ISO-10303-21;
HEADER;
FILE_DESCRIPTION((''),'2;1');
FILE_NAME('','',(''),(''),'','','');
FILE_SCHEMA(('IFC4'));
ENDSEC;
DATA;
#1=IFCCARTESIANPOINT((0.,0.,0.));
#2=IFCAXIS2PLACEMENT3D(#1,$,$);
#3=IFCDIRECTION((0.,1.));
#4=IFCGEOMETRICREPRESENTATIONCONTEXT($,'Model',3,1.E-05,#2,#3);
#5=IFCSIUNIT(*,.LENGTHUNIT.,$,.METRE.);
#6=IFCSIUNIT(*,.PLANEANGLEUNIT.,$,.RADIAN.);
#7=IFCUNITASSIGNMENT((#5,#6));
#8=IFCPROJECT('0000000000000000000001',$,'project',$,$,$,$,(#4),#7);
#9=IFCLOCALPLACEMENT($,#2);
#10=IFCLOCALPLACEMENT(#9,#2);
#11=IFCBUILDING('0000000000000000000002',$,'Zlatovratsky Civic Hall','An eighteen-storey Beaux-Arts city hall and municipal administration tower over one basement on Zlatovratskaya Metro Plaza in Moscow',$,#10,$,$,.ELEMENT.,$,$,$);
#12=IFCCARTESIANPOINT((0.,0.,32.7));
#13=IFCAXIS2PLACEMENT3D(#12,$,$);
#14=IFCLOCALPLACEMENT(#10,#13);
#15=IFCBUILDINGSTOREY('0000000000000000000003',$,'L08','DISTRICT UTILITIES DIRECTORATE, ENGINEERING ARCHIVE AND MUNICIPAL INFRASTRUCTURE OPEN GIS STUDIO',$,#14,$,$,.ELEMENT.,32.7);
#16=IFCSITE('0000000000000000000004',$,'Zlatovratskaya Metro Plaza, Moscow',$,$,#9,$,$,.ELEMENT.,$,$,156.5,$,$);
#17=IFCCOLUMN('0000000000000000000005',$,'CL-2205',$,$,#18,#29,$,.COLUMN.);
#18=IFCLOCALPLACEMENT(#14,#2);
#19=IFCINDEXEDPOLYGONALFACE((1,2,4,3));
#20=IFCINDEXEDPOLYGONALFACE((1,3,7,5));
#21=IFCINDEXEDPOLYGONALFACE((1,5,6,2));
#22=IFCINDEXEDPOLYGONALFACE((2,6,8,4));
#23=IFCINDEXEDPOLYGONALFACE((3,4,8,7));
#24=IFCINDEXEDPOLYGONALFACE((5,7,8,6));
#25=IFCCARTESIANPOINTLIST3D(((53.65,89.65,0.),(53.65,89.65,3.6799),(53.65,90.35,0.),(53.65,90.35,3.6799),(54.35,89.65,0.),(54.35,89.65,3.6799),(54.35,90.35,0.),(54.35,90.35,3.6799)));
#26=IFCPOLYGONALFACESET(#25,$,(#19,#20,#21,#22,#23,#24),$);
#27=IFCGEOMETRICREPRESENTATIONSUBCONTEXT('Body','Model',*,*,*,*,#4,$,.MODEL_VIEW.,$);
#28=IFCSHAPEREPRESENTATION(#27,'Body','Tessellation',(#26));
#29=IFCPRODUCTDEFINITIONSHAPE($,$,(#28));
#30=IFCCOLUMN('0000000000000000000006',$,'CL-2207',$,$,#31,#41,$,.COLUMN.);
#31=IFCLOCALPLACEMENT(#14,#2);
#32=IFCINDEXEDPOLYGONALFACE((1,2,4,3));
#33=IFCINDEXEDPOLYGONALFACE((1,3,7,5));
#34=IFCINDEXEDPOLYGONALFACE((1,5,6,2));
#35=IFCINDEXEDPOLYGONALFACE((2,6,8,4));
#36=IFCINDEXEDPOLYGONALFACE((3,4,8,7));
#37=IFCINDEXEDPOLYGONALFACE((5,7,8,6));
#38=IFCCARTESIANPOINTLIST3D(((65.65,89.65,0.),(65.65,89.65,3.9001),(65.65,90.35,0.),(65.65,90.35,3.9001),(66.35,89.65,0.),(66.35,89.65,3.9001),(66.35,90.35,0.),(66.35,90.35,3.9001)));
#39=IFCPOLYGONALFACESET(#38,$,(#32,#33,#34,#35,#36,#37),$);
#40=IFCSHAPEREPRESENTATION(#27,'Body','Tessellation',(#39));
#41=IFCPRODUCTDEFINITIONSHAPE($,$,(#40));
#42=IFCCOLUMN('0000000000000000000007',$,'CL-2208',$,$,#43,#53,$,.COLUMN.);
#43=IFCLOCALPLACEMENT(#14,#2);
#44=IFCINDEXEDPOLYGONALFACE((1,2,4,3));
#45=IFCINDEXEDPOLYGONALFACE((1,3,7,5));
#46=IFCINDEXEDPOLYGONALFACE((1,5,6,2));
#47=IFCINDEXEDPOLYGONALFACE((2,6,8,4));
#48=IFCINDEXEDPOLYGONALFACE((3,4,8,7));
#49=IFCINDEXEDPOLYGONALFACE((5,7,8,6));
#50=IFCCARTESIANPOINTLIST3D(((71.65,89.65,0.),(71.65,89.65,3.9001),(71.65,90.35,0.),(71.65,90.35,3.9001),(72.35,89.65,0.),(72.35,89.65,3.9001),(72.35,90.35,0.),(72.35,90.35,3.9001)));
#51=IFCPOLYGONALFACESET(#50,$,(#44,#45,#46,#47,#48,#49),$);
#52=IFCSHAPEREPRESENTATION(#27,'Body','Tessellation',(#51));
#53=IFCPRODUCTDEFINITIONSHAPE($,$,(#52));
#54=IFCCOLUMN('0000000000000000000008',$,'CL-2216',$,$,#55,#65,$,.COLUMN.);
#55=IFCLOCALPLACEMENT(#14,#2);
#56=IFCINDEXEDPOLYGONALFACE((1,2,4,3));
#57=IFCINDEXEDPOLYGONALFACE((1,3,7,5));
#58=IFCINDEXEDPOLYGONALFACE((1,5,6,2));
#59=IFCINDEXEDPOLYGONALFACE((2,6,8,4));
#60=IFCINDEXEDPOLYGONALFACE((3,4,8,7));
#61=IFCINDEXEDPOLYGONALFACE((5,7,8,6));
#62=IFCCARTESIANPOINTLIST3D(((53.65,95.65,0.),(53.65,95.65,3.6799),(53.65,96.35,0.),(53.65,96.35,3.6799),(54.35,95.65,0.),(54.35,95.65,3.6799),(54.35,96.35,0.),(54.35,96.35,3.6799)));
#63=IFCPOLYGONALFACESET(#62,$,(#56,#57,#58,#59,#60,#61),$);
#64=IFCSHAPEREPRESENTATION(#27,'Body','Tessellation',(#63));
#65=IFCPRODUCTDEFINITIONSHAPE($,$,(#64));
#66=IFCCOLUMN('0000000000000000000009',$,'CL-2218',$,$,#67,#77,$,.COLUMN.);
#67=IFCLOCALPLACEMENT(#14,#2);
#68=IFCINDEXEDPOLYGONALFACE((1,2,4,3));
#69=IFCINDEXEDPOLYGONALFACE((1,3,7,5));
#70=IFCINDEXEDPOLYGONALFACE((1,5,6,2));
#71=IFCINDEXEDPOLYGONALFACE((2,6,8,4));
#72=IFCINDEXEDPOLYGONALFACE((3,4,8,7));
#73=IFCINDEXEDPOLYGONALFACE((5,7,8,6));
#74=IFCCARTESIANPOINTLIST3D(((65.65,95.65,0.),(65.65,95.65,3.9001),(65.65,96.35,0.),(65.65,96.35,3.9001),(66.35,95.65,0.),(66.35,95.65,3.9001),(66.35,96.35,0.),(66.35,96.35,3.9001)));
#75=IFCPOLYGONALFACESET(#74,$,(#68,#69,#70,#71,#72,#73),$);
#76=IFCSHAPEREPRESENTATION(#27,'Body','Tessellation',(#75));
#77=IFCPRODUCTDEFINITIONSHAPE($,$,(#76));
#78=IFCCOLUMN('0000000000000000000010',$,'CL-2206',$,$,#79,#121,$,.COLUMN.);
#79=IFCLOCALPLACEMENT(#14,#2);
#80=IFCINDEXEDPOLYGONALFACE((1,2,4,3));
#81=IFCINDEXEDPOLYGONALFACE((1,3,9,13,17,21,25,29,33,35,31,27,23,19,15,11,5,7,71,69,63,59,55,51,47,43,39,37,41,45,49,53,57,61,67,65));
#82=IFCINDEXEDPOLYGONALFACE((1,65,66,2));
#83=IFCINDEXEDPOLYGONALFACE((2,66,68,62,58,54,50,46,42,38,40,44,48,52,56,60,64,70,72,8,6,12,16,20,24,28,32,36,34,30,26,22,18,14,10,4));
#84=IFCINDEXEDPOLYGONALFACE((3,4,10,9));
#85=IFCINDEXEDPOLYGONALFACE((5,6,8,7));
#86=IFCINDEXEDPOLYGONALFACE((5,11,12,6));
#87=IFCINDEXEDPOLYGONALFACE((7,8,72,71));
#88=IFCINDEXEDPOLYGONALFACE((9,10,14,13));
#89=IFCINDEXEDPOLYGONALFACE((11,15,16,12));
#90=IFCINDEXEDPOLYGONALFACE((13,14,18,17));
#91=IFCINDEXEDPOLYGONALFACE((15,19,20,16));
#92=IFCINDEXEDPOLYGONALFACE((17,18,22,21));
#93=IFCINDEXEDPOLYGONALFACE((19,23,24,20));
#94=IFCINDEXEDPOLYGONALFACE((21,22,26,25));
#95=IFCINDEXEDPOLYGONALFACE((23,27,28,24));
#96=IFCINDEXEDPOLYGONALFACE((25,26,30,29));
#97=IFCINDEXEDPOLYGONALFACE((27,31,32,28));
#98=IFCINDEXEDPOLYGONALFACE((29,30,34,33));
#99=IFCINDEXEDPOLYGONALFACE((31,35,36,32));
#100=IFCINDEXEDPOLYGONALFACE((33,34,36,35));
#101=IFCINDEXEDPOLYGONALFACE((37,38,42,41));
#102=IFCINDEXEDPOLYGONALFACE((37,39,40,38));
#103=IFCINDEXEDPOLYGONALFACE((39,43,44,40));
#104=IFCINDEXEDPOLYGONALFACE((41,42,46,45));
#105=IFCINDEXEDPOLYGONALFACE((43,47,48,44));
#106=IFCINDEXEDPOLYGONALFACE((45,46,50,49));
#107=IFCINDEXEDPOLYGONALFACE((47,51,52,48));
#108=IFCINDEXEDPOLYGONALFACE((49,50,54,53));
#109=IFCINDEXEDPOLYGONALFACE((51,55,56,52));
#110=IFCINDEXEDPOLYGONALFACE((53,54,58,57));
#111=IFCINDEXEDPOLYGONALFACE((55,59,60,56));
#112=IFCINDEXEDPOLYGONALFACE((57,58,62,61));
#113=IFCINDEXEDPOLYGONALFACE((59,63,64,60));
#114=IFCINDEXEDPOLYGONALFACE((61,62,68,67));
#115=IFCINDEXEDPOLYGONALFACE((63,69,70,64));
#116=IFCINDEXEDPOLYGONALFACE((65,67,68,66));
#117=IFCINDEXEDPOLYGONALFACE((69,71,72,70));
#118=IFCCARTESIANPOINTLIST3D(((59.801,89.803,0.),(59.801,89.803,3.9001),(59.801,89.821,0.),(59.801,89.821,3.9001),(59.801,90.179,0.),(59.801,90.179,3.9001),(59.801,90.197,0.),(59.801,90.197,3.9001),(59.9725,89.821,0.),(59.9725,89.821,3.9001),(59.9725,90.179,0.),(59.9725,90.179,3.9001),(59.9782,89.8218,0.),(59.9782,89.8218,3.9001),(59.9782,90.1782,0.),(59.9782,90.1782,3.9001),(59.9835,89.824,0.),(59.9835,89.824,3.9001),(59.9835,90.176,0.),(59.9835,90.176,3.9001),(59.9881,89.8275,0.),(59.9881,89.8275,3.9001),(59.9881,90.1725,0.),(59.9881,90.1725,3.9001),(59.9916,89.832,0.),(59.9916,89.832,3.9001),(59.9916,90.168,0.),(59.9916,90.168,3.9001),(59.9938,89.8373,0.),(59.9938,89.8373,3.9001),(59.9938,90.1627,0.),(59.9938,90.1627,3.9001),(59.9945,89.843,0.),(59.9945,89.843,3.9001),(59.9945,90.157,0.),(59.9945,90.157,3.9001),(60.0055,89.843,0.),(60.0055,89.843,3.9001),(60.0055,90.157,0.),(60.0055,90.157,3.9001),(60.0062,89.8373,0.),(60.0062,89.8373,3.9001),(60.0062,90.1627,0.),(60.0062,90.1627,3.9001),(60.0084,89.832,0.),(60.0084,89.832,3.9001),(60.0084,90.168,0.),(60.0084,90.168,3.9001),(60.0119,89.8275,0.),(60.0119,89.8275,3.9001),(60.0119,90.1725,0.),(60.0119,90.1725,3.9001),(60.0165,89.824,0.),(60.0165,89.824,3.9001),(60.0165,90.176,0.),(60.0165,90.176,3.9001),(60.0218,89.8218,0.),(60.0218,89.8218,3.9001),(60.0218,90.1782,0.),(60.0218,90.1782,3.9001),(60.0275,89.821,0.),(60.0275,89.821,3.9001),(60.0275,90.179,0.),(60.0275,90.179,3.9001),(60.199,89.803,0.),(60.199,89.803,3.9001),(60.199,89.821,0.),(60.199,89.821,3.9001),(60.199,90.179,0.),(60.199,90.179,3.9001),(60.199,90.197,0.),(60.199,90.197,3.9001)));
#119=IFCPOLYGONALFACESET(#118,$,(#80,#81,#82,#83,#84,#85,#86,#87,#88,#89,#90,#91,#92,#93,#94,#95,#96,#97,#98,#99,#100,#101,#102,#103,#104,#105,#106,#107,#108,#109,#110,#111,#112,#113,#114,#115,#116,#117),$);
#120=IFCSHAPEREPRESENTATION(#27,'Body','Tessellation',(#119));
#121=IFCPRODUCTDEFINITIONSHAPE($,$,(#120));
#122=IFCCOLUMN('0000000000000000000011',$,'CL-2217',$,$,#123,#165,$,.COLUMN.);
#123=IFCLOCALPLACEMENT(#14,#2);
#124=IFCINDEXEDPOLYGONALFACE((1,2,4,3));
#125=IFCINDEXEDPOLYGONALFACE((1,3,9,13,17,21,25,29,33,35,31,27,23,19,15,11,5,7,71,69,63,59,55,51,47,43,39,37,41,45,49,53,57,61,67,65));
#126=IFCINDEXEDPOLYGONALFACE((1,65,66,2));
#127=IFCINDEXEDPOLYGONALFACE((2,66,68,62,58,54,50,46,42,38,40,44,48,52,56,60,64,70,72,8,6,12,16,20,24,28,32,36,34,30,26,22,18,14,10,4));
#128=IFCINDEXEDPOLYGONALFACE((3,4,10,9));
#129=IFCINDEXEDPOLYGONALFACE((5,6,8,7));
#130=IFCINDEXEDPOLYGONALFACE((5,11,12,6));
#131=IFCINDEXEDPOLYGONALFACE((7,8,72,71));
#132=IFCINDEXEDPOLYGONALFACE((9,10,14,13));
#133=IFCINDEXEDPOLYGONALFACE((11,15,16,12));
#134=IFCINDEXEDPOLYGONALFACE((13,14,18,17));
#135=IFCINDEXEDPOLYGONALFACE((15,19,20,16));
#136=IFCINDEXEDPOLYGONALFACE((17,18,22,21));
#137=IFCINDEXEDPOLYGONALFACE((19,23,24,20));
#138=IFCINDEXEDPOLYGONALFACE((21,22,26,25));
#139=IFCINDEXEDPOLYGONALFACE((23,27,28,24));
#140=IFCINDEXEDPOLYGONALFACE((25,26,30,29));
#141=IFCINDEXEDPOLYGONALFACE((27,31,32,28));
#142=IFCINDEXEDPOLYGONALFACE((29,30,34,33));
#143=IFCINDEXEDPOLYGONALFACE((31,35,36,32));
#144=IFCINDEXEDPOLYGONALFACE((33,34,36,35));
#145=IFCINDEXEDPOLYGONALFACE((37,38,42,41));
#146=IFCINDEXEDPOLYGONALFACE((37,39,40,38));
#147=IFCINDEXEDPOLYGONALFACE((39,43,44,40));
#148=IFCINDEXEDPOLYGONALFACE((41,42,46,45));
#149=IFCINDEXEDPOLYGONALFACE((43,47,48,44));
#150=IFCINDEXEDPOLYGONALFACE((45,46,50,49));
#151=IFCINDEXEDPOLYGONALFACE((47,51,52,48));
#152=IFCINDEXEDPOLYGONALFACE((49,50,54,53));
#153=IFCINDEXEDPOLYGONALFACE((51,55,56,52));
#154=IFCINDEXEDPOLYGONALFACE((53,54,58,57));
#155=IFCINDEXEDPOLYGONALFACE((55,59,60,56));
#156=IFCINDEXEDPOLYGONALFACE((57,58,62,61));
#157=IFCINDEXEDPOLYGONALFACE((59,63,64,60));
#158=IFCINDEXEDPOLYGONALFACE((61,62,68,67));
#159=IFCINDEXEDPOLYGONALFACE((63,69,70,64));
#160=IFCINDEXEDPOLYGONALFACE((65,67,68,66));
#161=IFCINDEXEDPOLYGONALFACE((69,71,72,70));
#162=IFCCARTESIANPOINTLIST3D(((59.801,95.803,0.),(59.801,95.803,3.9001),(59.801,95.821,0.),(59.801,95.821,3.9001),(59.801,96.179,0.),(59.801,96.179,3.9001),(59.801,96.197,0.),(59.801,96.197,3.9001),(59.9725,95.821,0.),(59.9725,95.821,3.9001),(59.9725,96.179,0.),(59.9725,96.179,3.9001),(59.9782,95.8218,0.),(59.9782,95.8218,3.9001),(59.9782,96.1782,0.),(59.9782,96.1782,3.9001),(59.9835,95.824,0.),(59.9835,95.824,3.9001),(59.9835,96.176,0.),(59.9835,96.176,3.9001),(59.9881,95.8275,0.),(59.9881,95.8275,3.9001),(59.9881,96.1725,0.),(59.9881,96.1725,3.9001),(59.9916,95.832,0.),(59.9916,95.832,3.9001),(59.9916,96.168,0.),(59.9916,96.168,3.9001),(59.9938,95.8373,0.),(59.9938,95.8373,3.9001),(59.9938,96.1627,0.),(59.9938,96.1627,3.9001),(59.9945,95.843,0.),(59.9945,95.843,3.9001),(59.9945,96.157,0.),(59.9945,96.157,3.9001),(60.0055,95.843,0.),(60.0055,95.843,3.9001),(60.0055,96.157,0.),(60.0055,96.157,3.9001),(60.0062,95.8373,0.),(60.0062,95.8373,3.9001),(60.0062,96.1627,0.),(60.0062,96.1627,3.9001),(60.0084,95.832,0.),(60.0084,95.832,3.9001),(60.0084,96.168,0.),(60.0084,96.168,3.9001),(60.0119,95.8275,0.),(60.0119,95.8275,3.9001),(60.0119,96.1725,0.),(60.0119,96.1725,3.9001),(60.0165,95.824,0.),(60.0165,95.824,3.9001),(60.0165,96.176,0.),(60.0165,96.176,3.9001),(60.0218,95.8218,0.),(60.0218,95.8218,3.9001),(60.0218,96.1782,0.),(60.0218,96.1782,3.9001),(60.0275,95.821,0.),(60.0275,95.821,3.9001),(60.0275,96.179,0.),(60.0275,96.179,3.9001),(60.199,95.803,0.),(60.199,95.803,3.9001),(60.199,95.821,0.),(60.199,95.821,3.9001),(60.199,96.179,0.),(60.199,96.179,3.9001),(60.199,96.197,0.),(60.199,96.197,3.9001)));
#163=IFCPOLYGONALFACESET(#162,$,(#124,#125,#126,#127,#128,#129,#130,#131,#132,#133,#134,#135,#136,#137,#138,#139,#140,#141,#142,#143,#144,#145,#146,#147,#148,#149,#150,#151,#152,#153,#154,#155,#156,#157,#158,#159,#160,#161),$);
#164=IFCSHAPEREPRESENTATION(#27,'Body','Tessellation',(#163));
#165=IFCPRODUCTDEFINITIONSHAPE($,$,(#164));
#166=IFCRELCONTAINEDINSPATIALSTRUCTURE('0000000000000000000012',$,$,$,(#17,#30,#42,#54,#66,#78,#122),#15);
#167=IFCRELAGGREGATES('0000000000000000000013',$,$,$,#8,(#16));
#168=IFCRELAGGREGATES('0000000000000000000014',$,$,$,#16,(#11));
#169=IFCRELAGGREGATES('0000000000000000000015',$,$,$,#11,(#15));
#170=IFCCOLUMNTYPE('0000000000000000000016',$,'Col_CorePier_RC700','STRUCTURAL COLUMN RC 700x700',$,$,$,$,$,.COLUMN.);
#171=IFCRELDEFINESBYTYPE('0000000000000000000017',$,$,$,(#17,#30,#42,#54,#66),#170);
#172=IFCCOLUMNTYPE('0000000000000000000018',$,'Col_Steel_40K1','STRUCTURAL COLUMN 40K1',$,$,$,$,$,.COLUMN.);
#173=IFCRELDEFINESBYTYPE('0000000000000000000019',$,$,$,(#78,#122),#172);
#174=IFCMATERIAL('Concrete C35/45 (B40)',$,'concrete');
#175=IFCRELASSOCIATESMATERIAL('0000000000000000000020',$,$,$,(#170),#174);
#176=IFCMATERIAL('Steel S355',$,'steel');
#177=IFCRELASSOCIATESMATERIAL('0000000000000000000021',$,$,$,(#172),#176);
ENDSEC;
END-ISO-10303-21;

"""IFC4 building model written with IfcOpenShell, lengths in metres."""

from ifc_helpers import new_model, si_unit, direction, frame, origin, origin_2d, place, context, subcontext, project, spatial, rectangle, i_section, extrude, material, material_profile, profile_set, type_object, element, save


model = new_model("IFC4")

# Units and contexts
model_context = context("Model", 3, precision=1e-05, world=origin(), true_north=direction((0.0, 1.0)))
body_context = subcontext(model_context, "Body", "Model", "MODEL_VIEW")
ifc_project = project(units=[si_unit("LENGTHUNIT", "METRE"), si_unit("PLANEANGLEUNIT", "RADIAN")], contexts=[model_context])

# Site, building, storey
site_placement = place(None, origin())
site = spatial("IfcSite", under=ifc_project, at=site_placement, Name="Zlatovratskaya Metro Plaza, Moscow", CompositionType="ELEMENT", RefElevation=156.5)
building_placement = place(site_placement, origin())
building = spatial("IfcBuilding", under=site, at=building_placement, Name="Zlatovratsky Civic Hall", Description="An eighteen-storey Beaux-Arts city hall and municipal administration tower over one basement on Zlatovratskaya Metro Plaza in Moscow", CompositionType="ELEMENT")
storey_placement = place(building_placement, frame((0.0, 0.0, 32.7)))
storey = spatial("IfcBuildingStorey", under=building, at=storey_placement, Name="L08", Description="DISTRICT UTILITIES DIRECTORATE, ENGINEERING ARCHIVE AND MUNICIPAL INFRASTRUCTURE OPEN GIS STUDIO", CompositionType="ELEMENT", Elevation=32.7)

# Columns
ifc_material_1 = material(Name="Concrete C35/45 (B40)", Category="concrete")
ifc_material_profile_1 = material_profile(ifc_material_1, rectangle(XDim=0.7, YDim=0.7, at=origin_2d()), Name="RC 700x700")
ifc_profile_set_1 = profile_set([ifc_material_profile_1], Name="Concrete C35/45 (B40)")
column_type_1 = type_object("IfcColumnType", Name="Col_CorePier_RC700", Description="STRUCTURAL COLUMN RC 700x700", PredefinedType="COLUMN", material=ifc_profile_set_1)
column_1_placement = place(storey_placement, frame((54.0, 90.0, 0.0), z_axis=(0.0, 0.0, 1.0), x_axis=(1.0, 0.0, 0.0)))
element("IfcColumn", 1, at=column_1_placement, inside=storey, type_object=column_type_1, Name="CL-2205", PredefinedType="COLUMN", context=body_context, shape_type="SweptSolid", body=[
    extrude(rectangle(XDim=0.7, YDim=0.7, at=origin_2d()), origin(), (0.0, 0.0, 1.0), 3.6799),
])
for number, where, z_axis, x_axis, name in (
    (2, (66.0, 90.0, 0.0), (0.0, 0.0, 1.0), (1.0, 0.0, 0.0), "CL-2207"),
    (3, (72.0, 90.0, 0.0), (0.0, 0.0, 1.0), (1.0, 0.0, 0.0), "CL-2208"),
):
    element("IfcColumn", number, at=place(storey_placement, frame(where, z_axis=z_axis, x_axis=x_axis)), inside=storey, type_object=column_type_1, Name=name, PredefinedType="COLUMN", context=body_context, shape_type="SweptSolid", body=[
        extrude(rectangle(XDim=0.7, YDim=0.7, at=origin_2d()), origin(), (0.0, 0.0, 1.0), 3.9001),
    ])
column_2_placement = place(storey_placement, frame((54.0, 96.0, 0.0), z_axis=(0.0, 0.0, 1.0), x_axis=(1.0, 0.0, 0.0)))
element("IfcColumn", 4, at=column_2_placement, inside=storey, type_object=column_type_1, Name="CL-2216", PredefinedType="COLUMN", context=body_context, shape_type="SweptSolid", body=[
    extrude(rectangle(XDim=0.7, YDim=0.7, at=origin_2d()), origin(), (0.0, 0.0, 1.0), 3.6799),
])
column_3_placement = place(storey_placement, frame((66.0, 96.0, 0.0), z_axis=(0.0, 0.0, 1.0), x_axis=(1.0, 0.0, 0.0)))
element("IfcColumn", 5, at=column_3_placement, inside=storey, type_object=column_type_1, Name="CL-2218", PredefinedType="COLUMN", context=body_context, shape_type="SweptSolid", body=[
    extrude(rectangle(XDim=0.7, YDim=0.7, at=origin_2d()), origin(), (0.0, 0.0, 1.0), 3.9001),
])
ifc_material_2 = material(Name="Steel S355", Category="steel")
ifc_material_profile_2 = material_profile(ifc_material_2, i_section(OverallWidth=0.3979, OverallDepth=0.394, WebThickness=0.011, FlangeThickness=0.0181, FilletRadius=0.022, at=origin_2d()), Name="40K1")
ifc_profile_set_2 = profile_set([ifc_material_profile_2], Name="Steel S355")
column_type_2 = type_object("IfcColumnType", Name="Col_Steel_40K1", Description="STRUCTURAL COLUMN 40K1", PredefinedType="COLUMN", material=ifc_profile_set_2)
for number, where, z_axis, x_axis, name in (
    (6, (60.0, 90.0, 0.0), (0.0, 0.0, 1.0), (1.0, 0.0, 0.0), "CL-2206"),
    (7, (60.0, 96.0, 0.0), (0.0, 0.0, 1.0), (1.0, 0.0, 0.0), "CL-2217"),
):
    element("IfcColumn", number, at=place(storey_placement, frame(where, z_axis=z_axis, x_axis=x_axis)), inside=storey, type_object=column_type_2, Name=name, PredefinedType="COLUMN", context=body_context, shape_type="SweptSolid", body=[
        extrude(i_section(OverallWidth=0.3979, OverallDepth=0.394, WebThickness=0.011, FlangeThickness=0.0181, FilletRadius=0.022, at=origin_2d()), origin(), (0.0, 0.0, 1.0), 3.9001),
    ])

save(model, "model.ifc")
